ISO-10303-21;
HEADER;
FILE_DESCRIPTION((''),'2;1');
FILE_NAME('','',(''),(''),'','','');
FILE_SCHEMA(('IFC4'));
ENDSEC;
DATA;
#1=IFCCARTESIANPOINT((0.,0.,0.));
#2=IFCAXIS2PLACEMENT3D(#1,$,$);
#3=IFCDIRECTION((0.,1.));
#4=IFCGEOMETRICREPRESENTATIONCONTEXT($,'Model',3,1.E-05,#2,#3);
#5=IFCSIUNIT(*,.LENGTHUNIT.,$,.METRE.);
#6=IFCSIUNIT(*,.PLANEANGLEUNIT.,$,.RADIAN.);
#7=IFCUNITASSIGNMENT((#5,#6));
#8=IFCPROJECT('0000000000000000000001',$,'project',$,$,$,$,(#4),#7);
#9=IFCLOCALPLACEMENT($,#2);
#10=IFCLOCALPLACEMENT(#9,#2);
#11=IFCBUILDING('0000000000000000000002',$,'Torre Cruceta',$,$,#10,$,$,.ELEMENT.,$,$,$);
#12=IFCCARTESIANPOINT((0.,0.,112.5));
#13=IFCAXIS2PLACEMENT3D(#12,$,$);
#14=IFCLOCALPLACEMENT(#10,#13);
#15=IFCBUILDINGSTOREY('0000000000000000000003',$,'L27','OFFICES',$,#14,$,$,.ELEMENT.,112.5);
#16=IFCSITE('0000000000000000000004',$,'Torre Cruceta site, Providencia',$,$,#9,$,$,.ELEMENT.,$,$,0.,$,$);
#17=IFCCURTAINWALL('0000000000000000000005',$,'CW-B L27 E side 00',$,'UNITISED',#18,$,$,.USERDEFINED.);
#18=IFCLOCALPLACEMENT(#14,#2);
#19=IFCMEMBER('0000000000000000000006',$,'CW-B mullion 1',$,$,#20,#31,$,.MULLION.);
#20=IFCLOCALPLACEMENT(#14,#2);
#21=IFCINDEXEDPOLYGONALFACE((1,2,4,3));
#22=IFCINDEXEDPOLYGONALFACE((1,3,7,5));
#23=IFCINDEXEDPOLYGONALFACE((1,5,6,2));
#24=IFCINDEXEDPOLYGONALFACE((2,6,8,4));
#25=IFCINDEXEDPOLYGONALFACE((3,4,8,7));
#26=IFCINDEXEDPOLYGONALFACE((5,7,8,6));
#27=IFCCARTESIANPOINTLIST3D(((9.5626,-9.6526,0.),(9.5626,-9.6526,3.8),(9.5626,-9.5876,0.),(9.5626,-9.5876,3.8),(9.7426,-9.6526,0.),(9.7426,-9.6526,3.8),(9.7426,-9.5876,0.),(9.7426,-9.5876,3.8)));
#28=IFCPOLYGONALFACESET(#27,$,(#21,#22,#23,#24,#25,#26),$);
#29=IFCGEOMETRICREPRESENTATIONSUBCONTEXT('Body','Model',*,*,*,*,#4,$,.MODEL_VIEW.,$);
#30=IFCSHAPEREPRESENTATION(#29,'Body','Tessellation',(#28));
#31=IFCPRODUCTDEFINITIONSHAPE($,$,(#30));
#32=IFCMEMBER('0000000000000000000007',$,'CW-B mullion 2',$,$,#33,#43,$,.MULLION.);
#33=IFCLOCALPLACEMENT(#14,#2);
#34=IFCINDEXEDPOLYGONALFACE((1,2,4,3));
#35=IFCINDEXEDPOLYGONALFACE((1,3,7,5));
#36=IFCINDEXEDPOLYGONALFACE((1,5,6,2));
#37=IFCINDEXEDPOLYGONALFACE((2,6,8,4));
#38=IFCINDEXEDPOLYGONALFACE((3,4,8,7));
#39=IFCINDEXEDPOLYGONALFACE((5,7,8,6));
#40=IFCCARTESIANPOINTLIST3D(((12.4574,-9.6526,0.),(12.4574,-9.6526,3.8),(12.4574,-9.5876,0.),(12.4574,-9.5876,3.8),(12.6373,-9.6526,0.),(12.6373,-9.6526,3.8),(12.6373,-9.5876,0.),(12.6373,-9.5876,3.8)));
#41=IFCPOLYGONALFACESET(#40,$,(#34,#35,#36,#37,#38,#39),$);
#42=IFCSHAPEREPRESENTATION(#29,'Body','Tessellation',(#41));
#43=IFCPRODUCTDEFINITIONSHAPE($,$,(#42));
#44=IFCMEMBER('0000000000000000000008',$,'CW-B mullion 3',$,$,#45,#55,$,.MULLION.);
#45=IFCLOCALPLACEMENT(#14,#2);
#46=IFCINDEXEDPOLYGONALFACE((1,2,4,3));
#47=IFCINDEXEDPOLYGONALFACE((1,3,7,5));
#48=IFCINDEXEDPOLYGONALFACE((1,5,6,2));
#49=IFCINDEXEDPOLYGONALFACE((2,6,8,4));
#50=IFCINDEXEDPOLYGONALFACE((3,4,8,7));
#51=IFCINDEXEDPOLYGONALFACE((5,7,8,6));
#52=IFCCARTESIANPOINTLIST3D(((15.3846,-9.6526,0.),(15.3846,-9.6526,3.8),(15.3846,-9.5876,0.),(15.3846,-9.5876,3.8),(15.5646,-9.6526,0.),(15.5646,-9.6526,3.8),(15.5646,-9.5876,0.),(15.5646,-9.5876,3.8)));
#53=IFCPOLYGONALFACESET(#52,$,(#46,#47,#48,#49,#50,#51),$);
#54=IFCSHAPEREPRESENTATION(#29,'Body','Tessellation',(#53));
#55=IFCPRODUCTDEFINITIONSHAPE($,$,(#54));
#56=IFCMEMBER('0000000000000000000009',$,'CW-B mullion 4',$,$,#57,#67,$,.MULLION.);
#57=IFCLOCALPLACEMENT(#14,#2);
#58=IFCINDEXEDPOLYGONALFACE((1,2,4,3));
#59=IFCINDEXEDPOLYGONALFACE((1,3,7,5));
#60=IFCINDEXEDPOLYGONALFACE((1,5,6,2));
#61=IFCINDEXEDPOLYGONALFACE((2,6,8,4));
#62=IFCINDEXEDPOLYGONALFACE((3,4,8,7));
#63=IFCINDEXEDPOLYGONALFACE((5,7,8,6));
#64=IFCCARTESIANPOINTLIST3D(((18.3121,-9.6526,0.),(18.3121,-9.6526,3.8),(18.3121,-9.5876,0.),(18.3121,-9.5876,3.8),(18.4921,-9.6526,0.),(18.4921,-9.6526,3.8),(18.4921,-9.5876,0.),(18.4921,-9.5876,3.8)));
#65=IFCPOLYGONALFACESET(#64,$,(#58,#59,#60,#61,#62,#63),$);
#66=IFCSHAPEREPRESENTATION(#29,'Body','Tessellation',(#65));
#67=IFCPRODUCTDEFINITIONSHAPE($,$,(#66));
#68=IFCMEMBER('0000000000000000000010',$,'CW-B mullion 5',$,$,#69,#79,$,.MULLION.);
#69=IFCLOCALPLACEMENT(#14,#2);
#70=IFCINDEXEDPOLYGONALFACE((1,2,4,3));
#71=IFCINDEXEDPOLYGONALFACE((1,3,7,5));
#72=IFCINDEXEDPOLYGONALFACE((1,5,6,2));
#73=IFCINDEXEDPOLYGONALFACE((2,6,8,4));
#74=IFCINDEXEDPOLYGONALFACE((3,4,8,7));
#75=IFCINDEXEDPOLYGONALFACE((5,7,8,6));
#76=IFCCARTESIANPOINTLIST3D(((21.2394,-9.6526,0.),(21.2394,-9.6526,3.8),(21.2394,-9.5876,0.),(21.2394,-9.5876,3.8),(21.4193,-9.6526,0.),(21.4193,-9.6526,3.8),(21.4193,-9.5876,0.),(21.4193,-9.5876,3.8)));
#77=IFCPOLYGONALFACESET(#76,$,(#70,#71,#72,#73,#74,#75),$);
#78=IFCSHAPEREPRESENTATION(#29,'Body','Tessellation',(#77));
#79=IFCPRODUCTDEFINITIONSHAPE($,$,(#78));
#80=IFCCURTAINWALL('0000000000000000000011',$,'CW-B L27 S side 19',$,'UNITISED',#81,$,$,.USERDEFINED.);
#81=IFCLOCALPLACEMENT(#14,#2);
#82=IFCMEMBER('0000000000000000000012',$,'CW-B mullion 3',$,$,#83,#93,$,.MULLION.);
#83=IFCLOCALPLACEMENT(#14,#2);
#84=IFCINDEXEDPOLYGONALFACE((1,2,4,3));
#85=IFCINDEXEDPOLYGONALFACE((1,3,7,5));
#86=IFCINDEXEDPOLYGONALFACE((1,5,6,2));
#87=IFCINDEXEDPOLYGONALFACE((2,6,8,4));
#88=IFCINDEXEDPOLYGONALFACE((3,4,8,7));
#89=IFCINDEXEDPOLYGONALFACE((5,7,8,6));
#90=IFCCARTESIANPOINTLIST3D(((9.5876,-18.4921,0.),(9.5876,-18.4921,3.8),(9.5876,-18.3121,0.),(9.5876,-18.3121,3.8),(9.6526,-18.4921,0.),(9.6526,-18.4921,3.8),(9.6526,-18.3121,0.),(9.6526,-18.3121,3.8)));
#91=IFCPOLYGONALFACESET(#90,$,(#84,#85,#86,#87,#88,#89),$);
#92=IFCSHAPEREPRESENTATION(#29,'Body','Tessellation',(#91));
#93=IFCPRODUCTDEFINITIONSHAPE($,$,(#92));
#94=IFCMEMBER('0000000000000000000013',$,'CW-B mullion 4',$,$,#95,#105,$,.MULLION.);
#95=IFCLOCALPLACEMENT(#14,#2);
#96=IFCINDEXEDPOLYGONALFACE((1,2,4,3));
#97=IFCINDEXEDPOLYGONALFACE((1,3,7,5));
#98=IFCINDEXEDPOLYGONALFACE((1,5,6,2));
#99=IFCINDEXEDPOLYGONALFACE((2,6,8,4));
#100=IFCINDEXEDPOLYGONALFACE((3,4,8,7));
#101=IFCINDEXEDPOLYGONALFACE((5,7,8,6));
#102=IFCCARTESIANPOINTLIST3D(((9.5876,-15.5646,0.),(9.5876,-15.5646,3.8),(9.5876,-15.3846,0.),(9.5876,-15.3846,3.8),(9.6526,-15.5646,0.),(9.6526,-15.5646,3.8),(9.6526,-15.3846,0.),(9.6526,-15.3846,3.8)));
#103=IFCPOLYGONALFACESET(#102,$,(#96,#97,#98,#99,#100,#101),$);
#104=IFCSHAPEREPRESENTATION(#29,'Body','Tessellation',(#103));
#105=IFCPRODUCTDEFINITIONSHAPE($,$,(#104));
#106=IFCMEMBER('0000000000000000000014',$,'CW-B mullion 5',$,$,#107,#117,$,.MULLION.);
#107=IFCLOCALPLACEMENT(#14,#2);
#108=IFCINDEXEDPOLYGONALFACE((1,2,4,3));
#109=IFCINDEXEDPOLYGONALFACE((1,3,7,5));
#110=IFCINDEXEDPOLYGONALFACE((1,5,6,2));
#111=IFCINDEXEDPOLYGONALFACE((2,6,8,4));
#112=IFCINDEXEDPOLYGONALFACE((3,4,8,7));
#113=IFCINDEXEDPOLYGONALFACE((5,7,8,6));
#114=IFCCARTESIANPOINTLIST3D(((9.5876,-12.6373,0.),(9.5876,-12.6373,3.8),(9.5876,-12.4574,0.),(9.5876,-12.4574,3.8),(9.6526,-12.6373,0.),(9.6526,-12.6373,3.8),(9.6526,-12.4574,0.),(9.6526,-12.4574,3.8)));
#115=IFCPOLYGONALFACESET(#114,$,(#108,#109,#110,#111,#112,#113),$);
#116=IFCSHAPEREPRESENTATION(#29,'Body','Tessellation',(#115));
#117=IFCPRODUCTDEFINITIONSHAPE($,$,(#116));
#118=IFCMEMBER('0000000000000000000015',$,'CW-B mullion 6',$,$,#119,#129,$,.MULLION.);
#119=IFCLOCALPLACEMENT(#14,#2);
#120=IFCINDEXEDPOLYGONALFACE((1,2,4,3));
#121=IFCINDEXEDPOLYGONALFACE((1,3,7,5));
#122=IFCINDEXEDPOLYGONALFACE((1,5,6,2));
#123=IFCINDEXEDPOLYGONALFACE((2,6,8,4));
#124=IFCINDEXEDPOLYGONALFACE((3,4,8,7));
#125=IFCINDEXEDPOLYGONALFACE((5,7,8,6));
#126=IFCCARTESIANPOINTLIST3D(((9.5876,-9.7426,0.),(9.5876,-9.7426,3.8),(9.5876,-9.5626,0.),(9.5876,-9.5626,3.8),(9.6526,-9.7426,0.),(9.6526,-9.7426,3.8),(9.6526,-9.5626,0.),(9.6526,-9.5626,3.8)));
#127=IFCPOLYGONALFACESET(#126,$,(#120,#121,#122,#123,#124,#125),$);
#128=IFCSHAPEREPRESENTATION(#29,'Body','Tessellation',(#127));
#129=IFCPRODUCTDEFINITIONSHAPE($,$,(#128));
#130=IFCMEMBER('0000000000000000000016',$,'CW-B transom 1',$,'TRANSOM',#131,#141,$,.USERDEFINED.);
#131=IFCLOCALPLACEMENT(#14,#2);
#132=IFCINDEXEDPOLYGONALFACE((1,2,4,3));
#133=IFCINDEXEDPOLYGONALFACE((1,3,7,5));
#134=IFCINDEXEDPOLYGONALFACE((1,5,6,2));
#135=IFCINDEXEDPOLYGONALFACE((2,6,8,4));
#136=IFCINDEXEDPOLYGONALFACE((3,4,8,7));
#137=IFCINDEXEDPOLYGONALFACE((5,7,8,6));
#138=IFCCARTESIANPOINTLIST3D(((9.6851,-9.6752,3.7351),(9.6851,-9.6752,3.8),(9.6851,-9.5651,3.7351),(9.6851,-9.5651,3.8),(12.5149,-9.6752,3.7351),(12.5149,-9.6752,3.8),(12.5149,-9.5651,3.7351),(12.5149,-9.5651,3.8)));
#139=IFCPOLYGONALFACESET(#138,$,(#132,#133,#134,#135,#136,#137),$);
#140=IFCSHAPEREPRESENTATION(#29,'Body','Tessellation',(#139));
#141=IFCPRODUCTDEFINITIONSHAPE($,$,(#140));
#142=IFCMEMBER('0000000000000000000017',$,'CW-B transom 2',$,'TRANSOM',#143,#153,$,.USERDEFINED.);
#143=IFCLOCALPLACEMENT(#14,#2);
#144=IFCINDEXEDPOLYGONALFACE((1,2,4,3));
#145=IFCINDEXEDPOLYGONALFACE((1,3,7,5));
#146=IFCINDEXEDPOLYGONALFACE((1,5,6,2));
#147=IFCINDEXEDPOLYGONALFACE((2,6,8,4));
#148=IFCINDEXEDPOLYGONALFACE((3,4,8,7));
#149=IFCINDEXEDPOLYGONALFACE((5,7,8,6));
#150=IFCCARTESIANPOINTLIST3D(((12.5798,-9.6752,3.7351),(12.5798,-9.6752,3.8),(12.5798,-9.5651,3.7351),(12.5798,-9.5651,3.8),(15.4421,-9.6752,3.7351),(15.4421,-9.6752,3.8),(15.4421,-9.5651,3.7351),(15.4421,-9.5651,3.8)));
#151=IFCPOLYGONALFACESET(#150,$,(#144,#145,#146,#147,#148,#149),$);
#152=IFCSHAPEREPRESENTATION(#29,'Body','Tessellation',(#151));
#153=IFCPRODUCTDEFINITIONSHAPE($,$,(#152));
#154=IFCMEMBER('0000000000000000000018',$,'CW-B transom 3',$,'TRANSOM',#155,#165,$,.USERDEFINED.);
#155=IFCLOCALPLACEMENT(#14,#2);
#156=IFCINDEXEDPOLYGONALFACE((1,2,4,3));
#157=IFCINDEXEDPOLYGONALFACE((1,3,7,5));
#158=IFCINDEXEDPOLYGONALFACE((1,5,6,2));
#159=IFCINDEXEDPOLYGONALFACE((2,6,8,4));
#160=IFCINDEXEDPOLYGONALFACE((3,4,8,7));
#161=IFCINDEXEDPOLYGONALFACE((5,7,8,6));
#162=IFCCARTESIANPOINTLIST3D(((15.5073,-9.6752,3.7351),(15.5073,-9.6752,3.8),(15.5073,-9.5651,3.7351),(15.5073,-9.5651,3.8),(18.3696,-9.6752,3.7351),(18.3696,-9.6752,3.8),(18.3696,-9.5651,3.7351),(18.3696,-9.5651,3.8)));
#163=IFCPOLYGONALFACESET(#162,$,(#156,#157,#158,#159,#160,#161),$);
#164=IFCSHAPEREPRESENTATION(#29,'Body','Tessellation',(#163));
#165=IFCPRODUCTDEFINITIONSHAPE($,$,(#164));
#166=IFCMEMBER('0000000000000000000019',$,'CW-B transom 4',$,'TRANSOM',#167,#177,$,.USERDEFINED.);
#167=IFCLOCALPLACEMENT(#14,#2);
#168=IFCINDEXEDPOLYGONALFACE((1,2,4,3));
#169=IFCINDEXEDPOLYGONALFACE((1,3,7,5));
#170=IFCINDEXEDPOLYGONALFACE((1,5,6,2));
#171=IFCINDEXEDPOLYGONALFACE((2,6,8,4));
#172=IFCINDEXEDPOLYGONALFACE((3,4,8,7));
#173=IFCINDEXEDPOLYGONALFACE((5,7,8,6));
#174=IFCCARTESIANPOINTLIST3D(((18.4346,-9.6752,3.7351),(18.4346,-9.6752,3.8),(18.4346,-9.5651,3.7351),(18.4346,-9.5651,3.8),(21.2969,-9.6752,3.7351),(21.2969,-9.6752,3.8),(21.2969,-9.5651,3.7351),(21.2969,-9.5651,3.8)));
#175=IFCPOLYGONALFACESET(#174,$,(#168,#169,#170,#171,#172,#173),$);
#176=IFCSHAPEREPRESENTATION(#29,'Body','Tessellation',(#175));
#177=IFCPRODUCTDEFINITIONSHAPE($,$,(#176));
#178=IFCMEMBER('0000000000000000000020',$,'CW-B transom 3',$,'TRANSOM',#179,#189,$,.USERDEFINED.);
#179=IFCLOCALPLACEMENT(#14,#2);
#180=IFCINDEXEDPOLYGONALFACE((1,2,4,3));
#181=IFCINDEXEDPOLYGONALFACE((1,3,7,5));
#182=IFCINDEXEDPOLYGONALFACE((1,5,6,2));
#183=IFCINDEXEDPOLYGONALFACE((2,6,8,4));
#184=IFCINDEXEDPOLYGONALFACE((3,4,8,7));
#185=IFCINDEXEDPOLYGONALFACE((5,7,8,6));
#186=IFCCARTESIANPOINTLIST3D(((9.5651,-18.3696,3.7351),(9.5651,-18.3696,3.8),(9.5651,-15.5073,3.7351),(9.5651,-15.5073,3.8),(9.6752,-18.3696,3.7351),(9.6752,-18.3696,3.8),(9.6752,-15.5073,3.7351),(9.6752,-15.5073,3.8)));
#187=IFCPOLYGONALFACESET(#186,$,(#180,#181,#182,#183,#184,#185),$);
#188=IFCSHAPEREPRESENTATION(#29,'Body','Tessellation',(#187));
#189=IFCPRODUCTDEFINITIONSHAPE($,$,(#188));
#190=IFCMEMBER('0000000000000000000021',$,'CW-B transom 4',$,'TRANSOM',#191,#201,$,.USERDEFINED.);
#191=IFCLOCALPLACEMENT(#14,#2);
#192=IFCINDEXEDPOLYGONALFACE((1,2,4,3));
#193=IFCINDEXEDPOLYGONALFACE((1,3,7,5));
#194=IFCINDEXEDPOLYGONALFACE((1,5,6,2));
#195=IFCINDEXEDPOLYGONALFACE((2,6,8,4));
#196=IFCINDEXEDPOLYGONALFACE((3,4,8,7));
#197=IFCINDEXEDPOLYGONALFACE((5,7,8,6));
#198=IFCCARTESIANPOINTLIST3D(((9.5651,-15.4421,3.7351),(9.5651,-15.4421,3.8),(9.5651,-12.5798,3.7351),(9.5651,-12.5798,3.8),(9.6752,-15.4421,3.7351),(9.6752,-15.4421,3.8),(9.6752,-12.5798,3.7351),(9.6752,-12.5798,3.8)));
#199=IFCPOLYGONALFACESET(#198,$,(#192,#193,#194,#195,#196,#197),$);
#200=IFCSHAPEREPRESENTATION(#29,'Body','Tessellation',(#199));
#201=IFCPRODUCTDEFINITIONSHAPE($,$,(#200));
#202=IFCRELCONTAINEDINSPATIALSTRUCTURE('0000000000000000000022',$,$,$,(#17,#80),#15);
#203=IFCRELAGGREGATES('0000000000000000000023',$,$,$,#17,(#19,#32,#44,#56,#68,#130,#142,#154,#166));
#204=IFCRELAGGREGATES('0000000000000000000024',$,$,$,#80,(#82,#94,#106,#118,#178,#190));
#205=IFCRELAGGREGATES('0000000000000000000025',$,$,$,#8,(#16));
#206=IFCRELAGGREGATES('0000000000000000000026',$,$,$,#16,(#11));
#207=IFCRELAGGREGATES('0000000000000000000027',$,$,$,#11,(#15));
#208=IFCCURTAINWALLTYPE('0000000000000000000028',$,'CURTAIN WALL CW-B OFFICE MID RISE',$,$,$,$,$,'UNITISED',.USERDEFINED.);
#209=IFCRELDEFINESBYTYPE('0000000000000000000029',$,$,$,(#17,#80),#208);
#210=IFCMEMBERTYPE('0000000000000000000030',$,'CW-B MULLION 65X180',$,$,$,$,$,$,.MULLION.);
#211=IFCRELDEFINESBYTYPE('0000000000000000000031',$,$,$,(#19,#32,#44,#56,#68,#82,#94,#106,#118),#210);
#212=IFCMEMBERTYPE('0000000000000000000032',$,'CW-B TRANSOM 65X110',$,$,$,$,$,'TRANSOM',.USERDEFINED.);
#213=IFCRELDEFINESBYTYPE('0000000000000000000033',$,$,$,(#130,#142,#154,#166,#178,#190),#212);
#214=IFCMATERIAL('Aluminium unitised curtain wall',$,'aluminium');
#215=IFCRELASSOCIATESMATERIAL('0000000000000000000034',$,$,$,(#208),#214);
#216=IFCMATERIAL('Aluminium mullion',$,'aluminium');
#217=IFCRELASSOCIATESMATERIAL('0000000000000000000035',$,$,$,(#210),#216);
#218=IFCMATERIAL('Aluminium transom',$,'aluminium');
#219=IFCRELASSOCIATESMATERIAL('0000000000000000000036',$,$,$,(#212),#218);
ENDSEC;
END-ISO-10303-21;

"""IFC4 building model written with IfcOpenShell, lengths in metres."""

from ifc_helpers import new_model, si_unit, direction, frame, origin, origin_2d, place, context, subcontext, project, spatial, rectangle, extrude, material, material_profile, profile_set, type_object, element, aggregate, save


model = new_model("IFC4")

# Units and contexts
model_context = context("Model", 3, precision=1e-05, world=origin(), true_north=direction((0.0, 1.0)))
body_context = subcontext(model_context, "Body", "Model", "MODEL_VIEW")
ifc_project = project(units=[si_unit("LENGTHUNIT", "METRE"), si_unit("PLANEANGLEUNIT", "RADIAN")], contexts=[model_context])

# Site, building, storey
site_placement = place(None, origin())
site = spatial("IfcSite", under=ifc_project, at=site_placement, Name="Torre Cruceta site, Providencia", CompositionType="ELEMENT", RefElevation=0.0)
building_placement = place(site_placement, origin())
building = spatial("IfcBuilding", under=site, at=building_placement, Name="Torre Cruceta", CompositionType="ELEMENT")
storey_placement = place(building_placement, frame((0.0, 0.0, 112.5)))
storey = spatial("IfcBuildingStorey", under=building, at=storey_placement, Name="L27", Description="OFFICES", CompositionType="ELEMENT", Elevation=112.5)

# Curtain walls, members
ifc_material_1 = material(Name="Aluminium unitised curtain wall", Category="aluminium")
curtain_wall_type = type_object("IfcCurtainWallType", Name="CURTAIN WALL CW-B OFFICE MID RISE", ElementType="UNITISED", PredefinedType="USERDEFINED", material=ifc_material_1)
curtain_wall_1_placement = place(storey_placement, origin())
curtain_wall_1 = element("IfcCurtainWall", 1, at=curtain_wall_1_placement, inside=storey, type_object=curtain_wall_type, Name="CW-B L27 E side 00", ObjectType="UNITISED", PredefinedType="USERDEFINED")
ifc_material_2 = material(Name="Aluminium mullion", Category="aluminium")
ifc_material_profile_1 = material_profile(ifc_material_2, rectangle(XDim=0.0649, YDim=0.1799, at=origin_2d()), Name="AL 65X180")
ifc_profile_set_1 = profile_set([ifc_material_profile_1], Name="Aluminium mullion")
member_type_1 = type_object("IfcMemberType", Name="CW-B MULLION 65X180", PredefinedType="MULLION", material=ifc_profile_set_1)
member_1_placement = place(storey_placement, frame((9.6526, -9.6201, 0.0), z_axis=(0.0, 0.0, 1.0), x_axis=(0.0, 1.0, 0.0)))
member_1 = element("IfcMember", 2, at=member_1_placement, type_object=member_type_1, Name="CW-B mullion 1", PredefinedType="MULLION", context=body_context, shape_type="SweptSolid", body=[
    extrude(rectangle(XDim=0.0649, YDim=0.1799, at=origin_2d()), origin(), (0.0, 0.0, 1.0), 3.8),
])
member_2_placement = place(storey_placement, frame((12.5474, -9.6201, 0.0), z_axis=(0.0, 0.0, 1.0), x_axis=(0.0, 1.0, 0.0)))
member_2 = element("IfcMember", 3, at=member_2_placement, type_object=member_type_1, Name="CW-B mullion 2", PredefinedType="MULLION", context=body_context, shape_type="SweptSolid", body=[
    extrude(rectangle(XDim=0.0649, YDim=0.1799, at=origin_2d()), origin(), (0.0, 0.0, 1.0), 3.8),
])
member_3_placement = place(storey_placement, frame((15.4746, -9.6201, 0.0), z_axis=(0.0, 0.0, 1.0), x_axis=(0.0, 1.0, 0.0)))
member_3 = element("IfcMember", 4, at=member_3_placement, type_object=member_type_1, Name="CW-B mullion 3", PredefinedType="MULLION", context=body_context, shape_type="SweptSolid", body=[
    extrude(rectangle(XDim=0.0649, YDim=0.1799, at=origin_2d()), origin(), (0.0, 0.0, 1.0), 3.8),
])
member_4_placement = place(storey_placement, frame((18.4021, -9.6201, 0.0), z_axis=(0.0, 0.0, 1.0), x_axis=(0.0, 1.0, 0.0)))
member_4 = element("IfcMember", 5, at=member_4_placement, type_object=member_type_1, Name="CW-B mullion 4", PredefinedType="MULLION", context=body_context, shape_type="SweptSolid", body=[
    extrude(rectangle(XDim=0.0649, YDim=0.1799, at=origin_2d()), origin(), (0.0, 0.0, 1.0), 3.8),
])
member_5_placement = place(storey_placement, frame((21.3293, -9.6201, 0.0), z_axis=(0.0, 0.0, 1.0), x_axis=(0.0, 1.0, 0.0)))
member_5 = element("IfcMember", 6, at=member_5_placement, type_object=member_type_1, Name="CW-B mullion 5", PredefinedType="MULLION", context=body_context, shape_type="SweptSolid", body=[
    extrude(rectangle(XDim=0.0649, YDim=0.1799, at=origin_2d()), origin(), (0.0, 0.0, 1.0), 3.8),
])
curtain_wall_2_placement = place(storey_placement, origin())
curtain_wall_2 = element("IfcCurtainWall", 7, at=curtain_wall_2_placement, inside=storey, type_object=curtain_wall_type, Name="CW-B L27 S side 19", ObjectType="UNITISED", PredefinedType="USERDEFINED")
member_6_placement = place(storey_placement, frame((9.6201, -18.4021, 0.0), z_axis=(0.0, 0.0, 1.0), x_axis=(-1.0, 0.0, 0.0)))
member_6 = element("IfcMember", 8, at=member_6_placement, type_object=member_type_1, Name="CW-B mullion 3", PredefinedType="MULLION", context=body_context, shape_type="SweptSolid", body=[
    extrude(rectangle(XDim=0.0649, YDim=0.1799, at=origin_2d()), origin(), (0.0, 0.0, 1.0), 3.8),
])
member_7_placement = place(storey_placement, frame((9.6201, -15.4746, 0.0), z_axis=(0.0, 0.0, 1.0), x_axis=(-1.0, 0.0, 0.0)))
member_7 = element("IfcMember", 9, at=member_7_placement, type_object=member_type_1, Name="CW-B mullion 4", PredefinedType="MULLION", context=body_context, shape_type="SweptSolid", body=[
    extrude(rectangle(XDim=0.0649, YDim=0.1799, at=origin_2d()), origin(), (0.0, 0.0, 1.0), 3.8),
])
member_8_placement = place(storey_placement, frame((9.6201, -12.5474, 0.0), z_axis=(0.0, 0.0, 1.0), x_axis=(-1.0, 0.0, 0.0)))
member_8 = element("IfcMember", 10, at=member_8_placement, type_object=member_type_1, Name="CW-B mullion 5", PredefinedType="MULLION", context=body_context, shape_type="SweptSolid", body=[
    extrude(rectangle(XDim=0.0649, YDim=0.1799, at=origin_2d()), origin(), (0.0, 0.0, 1.0), 3.8),
])
member_9_placement = place(storey_placement, frame((9.6201, -9.6526, 0.0), z_axis=(0.0, 0.0, 1.0), x_axis=(-1.0, 0.0, 0.0)))
member_9 = element("IfcMember", 11, at=member_9_placement, type_object=member_type_1, Name="CW-B mullion 6", PredefinedType="MULLION", context=body_context, shape_type="SweptSolid", body=[
    extrude(rectangle(XDim=0.0649, YDim=0.1799, at=origin_2d()), origin(), (0.0, 0.0, 1.0), 3.8),
])

# Members
ifc_material_3 = material(Name="Aluminium transom", Category="aluminium")
ifc_material_profile_2 = material_profile(ifc_material_3, rectangle(XDim=0.1101, YDim=0.0649, at=origin_2d()), Name="AL 110X65")
ifc_profile_set_2 = profile_set([ifc_material_profile_2], Name="Aluminium transom")
member_type_2 = type_object("IfcMemberType", Name="CW-B TRANSOM 65X110", ElementType="TRANSOM", PredefinedType="USERDEFINED", material=ifc_profile_set_2)
member_10_placement = place(storey_placement, frame((9.6851, -9.6201, 3.7676), z_axis=(1.0, 0.0, 0.0), x_axis=(0.0, 1.0, 0.0)))
member_10 = element("IfcMember", 12, at=member_10_placement, type_object=member_type_2, Name="CW-B transom 1", ObjectType="TRANSOM", PredefinedType="USERDEFINED", context=body_context, shape_type="SweptSolid", body=[
    extrude(rectangle(XDim=0.1101, YDim=0.0649, at=origin_2d()), origin(), (0.0, 0.0, 1.0), 2.8298),
])
member_11_placement = place(storey_placement, frame((12.5798, -9.6201, 3.7676), z_axis=(1.0, 0.0, 0.0), x_axis=(0.0, 1.0, 0.0)))
member_11 = element("IfcMember", 13, at=member_11_placement, type_object=member_type_2, Name="CW-B transom 2", ObjectType="TRANSOM", PredefinedType="USERDEFINED", context=body_context, shape_type="SweptSolid", body=[
    extrude(rectangle(XDim=0.1101, YDim=0.0649, at=origin_2d()), origin(), (0.0, 0.0, 1.0), 2.8623),
])
member_12_placement = place(storey_placement, frame((15.5073, -9.6201, 3.7676), z_axis=(1.0, 0.0, 0.0), x_axis=(0.0, 1.0, 0.0)))
member_12 = element("IfcMember", 14, at=member_12_placement, type_object=member_type_2, Name="CW-B transom 3", ObjectType="TRANSOM", PredefinedType="USERDEFINED", context=body_context, shape_type="SweptSolid", body=[
    extrude(rectangle(XDim=0.1101, YDim=0.0649, at=origin_2d()), origin(), (0.0, 0.0, 1.0), 2.8623),
])
member_13_placement = place(storey_placement, frame((18.4346, -9.6201, 3.7676), z_axis=(1.0, 0.0, 0.0), x_axis=(0.0, 1.0, 0.0)))
member_13 = element("IfcMember", 15, at=member_13_placement, type_object=member_type_2, Name="CW-B transom 4", ObjectType="TRANSOM", PredefinedType="USERDEFINED", context=body_context, shape_type="SweptSolid", body=[
    extrude(rectangle(XDim=0.1101, YDim=0.0649, at=origin_2d()), origin(), (0.0, 0.0, 1.0), 2.8623),
])
member_14_placement = place(storey_placement, frame((9.6201, -18.3696, 3.7676), z_axis=(0.0, 1.0, 0.0), x_axis=(-1.0, 0.0, 0.0)))
member_14 = element("IfcMember", 16, at=member_14_placement, type_object=member_type_2, Name="CW-B transom 3", ObjectType="TRANSOM", PredefinedType="USERDEFINED", context=body_context, shape_type="SweptSolid", body=[
    extrude(rectangle(XDim=0.1101, YDim=0.0649, at=origin_2d()), origin(), (0.0, 0.0, 1.0), 2.8623),
])
member_15_placement = place(storey_placement, frame((9.6201, -15.4421, 3.7676), z_axis=(0.0, 1.0, 0.0), x_axis=(-1.0, 0.0, 0.0)))
member_15 = element("IfcMember", 17, at=member_15_placement, type_object=member_type_2, Name="CW-B transom 4", ObjectType="TRANSOM", PredefinedType="USERDEFINED", context=body_context, shape_type="SweptSolid", body=[
    extrude(rectangle(XDim=0.1101, YDim=0.0649, at=origin_2d()), origin(), (0.0, 0.0, 1.0), 2.8623),
])

aggregate(curtain_wall_1, [member_1, member_2, member_3, member_4, member_5, member_10, member_11, member_12, member_13])
aggregate(curtain_wall_2, [member_6, member_7, member_8, member_9, member_14, member_15])

save(model, "model.ifc")
